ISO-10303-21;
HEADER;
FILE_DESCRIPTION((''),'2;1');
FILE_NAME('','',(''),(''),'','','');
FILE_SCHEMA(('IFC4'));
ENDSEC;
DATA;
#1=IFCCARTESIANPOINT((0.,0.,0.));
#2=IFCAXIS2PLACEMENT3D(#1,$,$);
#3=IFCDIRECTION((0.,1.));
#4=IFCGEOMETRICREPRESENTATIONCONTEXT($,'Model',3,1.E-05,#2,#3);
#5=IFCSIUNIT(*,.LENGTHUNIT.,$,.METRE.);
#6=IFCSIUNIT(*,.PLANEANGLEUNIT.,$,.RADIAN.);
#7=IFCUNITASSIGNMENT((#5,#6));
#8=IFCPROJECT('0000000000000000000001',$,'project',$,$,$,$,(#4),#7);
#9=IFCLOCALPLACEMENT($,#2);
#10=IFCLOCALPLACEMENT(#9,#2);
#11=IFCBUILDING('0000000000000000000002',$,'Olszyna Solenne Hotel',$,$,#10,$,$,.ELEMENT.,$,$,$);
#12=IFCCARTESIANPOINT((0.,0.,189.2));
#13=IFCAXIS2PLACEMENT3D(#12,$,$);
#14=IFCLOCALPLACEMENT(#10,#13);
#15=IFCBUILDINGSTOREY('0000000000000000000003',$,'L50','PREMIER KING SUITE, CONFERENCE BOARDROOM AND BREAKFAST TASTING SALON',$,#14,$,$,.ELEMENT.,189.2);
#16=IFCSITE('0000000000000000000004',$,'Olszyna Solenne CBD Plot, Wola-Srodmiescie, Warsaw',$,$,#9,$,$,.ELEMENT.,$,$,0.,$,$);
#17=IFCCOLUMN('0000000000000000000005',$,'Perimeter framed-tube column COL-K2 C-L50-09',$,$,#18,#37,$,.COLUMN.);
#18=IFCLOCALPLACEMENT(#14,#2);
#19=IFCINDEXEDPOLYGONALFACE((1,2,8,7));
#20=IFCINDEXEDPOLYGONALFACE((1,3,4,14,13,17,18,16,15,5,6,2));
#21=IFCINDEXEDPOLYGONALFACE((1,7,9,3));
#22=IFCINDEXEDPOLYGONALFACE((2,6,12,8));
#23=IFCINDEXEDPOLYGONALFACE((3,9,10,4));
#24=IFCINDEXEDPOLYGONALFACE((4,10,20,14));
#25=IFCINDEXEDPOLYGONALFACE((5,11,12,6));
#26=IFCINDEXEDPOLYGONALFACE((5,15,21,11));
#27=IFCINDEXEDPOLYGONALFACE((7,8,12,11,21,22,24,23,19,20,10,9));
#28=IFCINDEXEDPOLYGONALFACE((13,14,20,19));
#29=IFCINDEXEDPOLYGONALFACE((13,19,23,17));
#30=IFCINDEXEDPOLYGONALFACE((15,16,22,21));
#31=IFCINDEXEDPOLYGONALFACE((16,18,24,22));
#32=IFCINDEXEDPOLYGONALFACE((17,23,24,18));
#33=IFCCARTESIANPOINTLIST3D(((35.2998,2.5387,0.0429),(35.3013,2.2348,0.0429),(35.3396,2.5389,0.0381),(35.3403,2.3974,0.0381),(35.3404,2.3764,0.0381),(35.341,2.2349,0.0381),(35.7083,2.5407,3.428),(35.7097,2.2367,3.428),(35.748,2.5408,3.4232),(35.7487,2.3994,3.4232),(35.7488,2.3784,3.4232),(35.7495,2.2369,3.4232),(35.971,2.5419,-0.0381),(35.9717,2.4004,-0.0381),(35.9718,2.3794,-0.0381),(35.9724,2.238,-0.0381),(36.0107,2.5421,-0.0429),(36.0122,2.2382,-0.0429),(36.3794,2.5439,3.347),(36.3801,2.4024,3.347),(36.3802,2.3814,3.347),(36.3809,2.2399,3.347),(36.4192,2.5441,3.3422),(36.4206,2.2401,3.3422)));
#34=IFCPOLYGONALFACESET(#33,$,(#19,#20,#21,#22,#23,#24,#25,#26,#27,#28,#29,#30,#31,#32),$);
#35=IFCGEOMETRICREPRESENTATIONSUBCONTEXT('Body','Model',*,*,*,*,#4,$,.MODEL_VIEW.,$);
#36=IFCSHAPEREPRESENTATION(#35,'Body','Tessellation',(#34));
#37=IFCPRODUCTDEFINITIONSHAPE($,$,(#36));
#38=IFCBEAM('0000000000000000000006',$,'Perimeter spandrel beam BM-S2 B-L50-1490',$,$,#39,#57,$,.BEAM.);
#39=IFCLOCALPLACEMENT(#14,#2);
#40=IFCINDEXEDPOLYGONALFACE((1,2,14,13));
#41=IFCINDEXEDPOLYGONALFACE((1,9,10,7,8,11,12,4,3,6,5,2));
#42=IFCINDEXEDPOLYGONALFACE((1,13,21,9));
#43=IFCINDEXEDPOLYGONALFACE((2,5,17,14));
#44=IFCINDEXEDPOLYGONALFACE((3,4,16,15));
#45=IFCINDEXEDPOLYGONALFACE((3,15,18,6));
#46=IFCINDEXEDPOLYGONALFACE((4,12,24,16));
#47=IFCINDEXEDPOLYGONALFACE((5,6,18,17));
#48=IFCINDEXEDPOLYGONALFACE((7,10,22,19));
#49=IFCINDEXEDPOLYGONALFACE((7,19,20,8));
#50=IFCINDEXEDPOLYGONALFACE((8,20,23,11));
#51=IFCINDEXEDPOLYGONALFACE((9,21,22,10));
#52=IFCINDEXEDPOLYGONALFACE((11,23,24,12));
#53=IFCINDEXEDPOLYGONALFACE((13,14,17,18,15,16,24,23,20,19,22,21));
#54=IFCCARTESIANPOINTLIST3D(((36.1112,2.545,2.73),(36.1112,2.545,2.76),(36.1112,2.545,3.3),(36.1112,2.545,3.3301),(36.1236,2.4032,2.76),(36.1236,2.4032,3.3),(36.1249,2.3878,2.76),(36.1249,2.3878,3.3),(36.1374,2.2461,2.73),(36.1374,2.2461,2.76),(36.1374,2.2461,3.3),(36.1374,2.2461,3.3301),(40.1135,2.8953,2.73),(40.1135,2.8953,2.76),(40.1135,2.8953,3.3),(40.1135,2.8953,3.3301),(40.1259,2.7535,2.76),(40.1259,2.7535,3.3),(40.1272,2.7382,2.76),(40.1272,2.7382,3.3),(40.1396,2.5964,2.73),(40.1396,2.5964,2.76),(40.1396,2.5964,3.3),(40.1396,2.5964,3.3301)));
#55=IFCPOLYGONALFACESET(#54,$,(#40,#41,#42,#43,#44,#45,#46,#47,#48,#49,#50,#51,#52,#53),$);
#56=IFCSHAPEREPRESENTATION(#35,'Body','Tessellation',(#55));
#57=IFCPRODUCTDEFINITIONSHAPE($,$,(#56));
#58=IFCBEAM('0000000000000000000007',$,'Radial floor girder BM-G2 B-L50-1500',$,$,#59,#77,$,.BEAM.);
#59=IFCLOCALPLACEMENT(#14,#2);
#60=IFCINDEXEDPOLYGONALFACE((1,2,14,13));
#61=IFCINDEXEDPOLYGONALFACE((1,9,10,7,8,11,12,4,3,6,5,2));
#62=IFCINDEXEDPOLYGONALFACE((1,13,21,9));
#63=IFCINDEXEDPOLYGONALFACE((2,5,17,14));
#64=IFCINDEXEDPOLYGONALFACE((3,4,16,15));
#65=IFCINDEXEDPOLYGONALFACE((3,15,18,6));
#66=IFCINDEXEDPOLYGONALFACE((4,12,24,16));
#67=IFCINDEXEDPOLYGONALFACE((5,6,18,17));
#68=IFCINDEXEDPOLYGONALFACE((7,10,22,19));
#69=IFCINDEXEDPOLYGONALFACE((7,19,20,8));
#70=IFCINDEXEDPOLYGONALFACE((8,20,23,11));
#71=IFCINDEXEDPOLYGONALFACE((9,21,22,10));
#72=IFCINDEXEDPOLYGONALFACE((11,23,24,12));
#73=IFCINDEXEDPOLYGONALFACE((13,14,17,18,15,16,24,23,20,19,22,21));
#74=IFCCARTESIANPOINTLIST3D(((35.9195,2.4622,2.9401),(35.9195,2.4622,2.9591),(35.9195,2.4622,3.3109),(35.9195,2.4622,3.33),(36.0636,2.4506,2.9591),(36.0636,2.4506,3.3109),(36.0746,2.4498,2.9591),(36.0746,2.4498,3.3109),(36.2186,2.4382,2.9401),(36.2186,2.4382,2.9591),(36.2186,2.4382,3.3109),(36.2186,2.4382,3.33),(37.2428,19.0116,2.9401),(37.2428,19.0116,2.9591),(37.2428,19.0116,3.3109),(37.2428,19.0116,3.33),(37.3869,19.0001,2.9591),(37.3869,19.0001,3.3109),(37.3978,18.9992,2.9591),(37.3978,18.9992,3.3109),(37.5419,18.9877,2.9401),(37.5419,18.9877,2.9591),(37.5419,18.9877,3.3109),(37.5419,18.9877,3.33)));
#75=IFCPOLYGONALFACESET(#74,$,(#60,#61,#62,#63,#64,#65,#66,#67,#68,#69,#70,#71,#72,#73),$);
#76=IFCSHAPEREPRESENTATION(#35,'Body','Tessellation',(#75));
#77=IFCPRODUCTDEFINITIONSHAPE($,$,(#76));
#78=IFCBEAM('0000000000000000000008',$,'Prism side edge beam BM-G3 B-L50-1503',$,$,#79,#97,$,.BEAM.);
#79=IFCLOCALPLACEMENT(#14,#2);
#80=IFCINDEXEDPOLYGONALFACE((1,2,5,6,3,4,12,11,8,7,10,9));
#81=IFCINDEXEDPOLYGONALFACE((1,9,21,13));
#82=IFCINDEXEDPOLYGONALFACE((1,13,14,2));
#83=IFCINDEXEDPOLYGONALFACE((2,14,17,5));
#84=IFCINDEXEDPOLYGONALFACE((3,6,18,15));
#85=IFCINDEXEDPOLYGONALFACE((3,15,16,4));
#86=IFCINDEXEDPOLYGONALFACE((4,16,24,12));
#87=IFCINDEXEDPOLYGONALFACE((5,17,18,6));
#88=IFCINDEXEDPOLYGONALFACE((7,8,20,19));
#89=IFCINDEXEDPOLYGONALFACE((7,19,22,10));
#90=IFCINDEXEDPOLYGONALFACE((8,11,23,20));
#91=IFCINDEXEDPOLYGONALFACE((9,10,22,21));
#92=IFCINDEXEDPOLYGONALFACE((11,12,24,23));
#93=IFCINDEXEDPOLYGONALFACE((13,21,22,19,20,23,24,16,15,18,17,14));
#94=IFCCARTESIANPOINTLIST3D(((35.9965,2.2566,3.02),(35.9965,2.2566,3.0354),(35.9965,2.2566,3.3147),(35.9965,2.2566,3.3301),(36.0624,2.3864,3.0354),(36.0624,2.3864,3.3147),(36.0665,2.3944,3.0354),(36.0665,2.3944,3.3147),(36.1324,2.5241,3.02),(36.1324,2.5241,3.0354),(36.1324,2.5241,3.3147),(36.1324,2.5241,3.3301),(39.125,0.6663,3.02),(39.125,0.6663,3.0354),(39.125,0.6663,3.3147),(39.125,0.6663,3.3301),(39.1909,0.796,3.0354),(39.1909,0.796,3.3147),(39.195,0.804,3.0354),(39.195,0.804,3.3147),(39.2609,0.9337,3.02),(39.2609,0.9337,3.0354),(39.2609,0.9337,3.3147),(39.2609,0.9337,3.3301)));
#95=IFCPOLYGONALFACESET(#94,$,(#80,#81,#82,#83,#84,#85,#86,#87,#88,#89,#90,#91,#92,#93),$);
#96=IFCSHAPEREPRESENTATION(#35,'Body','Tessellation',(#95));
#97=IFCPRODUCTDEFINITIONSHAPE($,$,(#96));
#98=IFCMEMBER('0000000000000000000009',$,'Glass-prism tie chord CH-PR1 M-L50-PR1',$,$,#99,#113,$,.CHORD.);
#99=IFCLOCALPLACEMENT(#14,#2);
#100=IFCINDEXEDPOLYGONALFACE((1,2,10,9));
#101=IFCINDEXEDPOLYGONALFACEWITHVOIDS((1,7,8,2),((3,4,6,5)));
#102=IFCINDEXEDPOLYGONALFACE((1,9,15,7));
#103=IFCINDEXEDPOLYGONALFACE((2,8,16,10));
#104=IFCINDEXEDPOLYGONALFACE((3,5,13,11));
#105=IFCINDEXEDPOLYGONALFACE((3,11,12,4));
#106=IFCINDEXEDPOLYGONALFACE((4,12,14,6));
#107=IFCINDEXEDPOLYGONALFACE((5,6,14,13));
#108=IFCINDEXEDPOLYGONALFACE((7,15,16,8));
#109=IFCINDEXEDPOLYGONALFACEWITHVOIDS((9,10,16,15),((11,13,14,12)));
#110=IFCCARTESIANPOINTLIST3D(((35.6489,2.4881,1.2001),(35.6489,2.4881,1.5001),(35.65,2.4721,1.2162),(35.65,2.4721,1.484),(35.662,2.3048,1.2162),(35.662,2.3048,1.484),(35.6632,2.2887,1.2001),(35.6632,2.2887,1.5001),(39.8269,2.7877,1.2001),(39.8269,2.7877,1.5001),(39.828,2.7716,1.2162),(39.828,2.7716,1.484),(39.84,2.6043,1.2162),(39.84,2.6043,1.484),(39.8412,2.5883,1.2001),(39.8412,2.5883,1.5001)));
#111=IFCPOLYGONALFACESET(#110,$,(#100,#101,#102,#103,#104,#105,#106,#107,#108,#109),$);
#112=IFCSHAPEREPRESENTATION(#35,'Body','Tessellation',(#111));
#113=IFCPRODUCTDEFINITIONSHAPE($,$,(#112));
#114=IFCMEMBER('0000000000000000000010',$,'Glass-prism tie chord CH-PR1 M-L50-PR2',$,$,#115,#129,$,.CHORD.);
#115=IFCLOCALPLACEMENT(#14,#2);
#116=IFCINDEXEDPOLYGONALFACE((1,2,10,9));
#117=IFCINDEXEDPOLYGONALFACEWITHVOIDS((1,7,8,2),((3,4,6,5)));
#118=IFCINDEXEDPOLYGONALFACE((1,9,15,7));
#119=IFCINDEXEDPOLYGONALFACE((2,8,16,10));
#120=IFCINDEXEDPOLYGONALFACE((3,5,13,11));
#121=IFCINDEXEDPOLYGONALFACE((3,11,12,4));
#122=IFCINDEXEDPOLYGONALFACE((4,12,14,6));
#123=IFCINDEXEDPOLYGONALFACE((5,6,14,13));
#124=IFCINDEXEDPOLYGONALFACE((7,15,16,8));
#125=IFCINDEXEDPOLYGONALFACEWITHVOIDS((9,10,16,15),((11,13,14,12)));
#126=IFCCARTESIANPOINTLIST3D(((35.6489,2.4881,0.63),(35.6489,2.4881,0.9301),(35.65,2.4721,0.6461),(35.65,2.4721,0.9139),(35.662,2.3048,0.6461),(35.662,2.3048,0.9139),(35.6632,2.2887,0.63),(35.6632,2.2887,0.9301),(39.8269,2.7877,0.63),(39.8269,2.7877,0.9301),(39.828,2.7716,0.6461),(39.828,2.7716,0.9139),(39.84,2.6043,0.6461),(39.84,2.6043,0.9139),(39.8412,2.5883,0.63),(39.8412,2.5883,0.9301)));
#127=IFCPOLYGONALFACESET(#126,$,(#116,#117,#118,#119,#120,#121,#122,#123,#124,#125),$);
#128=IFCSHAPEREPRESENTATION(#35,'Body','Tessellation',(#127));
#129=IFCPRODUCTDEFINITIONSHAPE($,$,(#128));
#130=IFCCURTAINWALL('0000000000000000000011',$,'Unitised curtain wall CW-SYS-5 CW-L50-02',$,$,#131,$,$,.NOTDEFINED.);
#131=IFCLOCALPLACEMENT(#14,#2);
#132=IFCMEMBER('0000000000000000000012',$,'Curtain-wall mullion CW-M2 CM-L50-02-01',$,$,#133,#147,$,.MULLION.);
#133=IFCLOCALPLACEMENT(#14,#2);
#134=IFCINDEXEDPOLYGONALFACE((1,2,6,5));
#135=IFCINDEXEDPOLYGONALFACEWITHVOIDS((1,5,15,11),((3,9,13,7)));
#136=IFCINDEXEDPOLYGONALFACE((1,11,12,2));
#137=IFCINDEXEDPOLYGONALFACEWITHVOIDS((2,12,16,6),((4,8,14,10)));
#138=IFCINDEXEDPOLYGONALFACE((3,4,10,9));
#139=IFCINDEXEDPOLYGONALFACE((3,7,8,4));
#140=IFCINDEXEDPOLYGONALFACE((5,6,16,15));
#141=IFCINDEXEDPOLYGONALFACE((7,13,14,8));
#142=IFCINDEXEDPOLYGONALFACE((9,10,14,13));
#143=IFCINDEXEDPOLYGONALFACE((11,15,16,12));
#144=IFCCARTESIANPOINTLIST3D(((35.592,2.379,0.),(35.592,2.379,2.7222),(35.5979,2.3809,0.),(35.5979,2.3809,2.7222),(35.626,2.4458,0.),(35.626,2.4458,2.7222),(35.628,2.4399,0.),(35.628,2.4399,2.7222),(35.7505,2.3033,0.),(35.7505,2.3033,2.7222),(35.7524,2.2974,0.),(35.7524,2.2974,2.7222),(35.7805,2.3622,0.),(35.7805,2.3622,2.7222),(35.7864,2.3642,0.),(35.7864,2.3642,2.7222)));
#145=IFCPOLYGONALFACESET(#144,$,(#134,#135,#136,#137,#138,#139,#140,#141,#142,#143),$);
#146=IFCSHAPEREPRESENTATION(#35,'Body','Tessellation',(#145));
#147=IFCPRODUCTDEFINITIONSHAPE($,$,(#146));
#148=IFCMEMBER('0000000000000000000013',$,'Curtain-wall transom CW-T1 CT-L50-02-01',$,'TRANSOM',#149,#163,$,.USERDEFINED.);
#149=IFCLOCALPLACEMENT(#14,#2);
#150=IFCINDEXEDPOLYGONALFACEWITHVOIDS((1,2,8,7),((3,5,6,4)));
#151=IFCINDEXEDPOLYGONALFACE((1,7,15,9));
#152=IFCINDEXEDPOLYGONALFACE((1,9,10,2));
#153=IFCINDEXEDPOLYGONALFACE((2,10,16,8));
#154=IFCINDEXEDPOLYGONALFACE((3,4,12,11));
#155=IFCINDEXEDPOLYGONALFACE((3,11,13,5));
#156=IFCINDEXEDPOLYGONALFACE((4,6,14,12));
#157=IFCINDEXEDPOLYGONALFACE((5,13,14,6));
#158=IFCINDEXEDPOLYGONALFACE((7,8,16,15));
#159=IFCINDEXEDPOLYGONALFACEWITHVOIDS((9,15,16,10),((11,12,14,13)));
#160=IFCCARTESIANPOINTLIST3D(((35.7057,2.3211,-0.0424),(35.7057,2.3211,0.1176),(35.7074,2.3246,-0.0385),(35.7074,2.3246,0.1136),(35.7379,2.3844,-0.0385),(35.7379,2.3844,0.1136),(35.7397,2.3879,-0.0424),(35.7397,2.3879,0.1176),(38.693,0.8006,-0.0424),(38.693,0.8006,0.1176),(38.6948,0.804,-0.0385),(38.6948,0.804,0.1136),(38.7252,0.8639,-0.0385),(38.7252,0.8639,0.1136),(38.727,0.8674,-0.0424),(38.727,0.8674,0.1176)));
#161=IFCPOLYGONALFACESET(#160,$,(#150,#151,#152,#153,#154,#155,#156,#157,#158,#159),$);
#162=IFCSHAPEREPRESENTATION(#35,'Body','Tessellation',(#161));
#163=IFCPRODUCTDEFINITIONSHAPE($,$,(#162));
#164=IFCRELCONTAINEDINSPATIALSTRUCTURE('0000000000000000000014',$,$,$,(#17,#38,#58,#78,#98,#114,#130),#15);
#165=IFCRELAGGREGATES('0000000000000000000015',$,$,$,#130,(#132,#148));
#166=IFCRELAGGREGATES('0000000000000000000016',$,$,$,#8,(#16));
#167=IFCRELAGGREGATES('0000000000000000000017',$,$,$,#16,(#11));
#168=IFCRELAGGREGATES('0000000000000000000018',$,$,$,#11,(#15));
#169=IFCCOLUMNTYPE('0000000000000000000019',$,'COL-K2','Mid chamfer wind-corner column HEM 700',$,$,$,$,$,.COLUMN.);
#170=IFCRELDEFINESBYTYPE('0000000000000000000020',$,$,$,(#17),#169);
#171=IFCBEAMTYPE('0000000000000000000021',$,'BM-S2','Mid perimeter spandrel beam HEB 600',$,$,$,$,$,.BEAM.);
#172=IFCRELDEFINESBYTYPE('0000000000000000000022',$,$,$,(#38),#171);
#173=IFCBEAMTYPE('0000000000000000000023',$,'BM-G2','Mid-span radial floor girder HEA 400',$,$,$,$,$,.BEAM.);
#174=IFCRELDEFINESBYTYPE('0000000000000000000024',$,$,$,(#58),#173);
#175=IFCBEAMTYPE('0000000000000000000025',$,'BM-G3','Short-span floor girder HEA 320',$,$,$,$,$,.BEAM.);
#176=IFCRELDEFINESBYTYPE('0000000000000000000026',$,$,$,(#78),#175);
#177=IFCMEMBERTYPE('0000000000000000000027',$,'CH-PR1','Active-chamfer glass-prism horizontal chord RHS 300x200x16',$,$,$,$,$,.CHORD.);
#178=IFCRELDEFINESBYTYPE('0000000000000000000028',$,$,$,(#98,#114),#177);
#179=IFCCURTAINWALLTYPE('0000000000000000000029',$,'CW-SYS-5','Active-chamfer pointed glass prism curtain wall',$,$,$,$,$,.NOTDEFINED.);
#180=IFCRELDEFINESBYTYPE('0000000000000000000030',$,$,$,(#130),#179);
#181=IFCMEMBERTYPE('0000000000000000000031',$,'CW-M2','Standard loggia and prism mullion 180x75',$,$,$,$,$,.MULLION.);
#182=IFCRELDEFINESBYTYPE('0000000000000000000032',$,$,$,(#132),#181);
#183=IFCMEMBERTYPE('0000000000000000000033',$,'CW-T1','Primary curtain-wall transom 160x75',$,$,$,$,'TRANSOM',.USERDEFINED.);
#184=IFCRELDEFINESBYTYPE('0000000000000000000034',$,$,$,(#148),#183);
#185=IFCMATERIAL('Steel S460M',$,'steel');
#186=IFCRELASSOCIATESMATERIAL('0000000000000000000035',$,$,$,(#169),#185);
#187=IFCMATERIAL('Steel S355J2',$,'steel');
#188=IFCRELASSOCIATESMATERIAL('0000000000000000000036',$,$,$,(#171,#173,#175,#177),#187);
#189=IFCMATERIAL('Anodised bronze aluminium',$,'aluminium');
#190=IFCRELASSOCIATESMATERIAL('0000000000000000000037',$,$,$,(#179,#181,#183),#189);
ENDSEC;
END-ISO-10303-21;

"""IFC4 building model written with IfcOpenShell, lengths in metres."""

from ifc_helpers import new_model, si_unit, direction, frame, origin, origin_2d, place, context, subcontext, project, spatial, hollow_rectangle, i_section, extrude, source, transform, mapped, material, material_profile, profile_set, type_object, element, aggregate, save


model = new_model("IFC4")

# Units and contexts
model_context = context("Model", 3, precision=1e-05, world=origin(), true_north=direction((0.0, 1.0)))
body_context = subcontext(model_context, "Body", "Model", "MODEL_VIEW")
ifc_project = project(units=[si_unit("LENGTHUNIT", "METRE"), si_unit("PLANEANGLEUNIT", "RADIAN")], contexts=[model_context])

# Site, building, storey
site_placement = place(None, origin())
site = spatial("IfcSite", under=ifc_project, at=site_placement, Name="Olszyna Solenne CBD Plot, Wola-Srodmiescie, Warsaw", CompositionType="ELEMENT", RefElevation=0.0)
building_placement = place(site_placement, origin())
building = spatial("IfcBuilding", under=site, at=building_placement, Name="Olszyna Solenne Hotel", CompositionType="ELEMENT")
storey_placement = place(building_placement, frame((0.0, 0.0, 189.2)))
storey = spatial("IfcBuildingStorey", under=building, at=storey_placement, Name="L50", Description="PREMIER KING SUITE, CONFERENCE BOARDROOM AND BREAKFAST TASTING SALON", CompositionType="ELEMENT", Elevation=189.2)

# Column
ifc_material_1 = material(Name="Steel S460M", Category="steel")
ifc_material_profile_1 = material_profile(ifc_material_1, i_section(OverallWidth=0.304, OverallDepth=0.7161, WebThickness=0.021, FlangeThickness=0.04, at=origin_2d()), Name="HEM 700", Category="load-bearing")
ifc_profile_set_1 = profile_set([ifc_material_profile_1], Name="Steel S460M")
column_type = type_object("IfcColumnType", Name="COL-K2", Description="Mid chamfer wind-corner column HEM 700", PredefinedType="COLUMN", material=ifc_profile_set_1)
shared_shape_1 = source(origin(), body_context, "Body", "SweptSolid", [
    extrude(i_section(OverallWidth=0.304, OverallDepth=0.7161, WebThickness=0.021, FlangeThickness=0.04, at=origin_2d()), origin(), (0.0, 0.0, 1.0), 3.4097),
])
column_placement = place(storey_placement, frame((35.656, 2.3884, 0.0), z_axis=(0.119795, 0.000573, 0.992799), x_axis=(-0.004782, 0.999989, 0.0)))
element("IfcColumn", 1, at=column_placement, inside=storey, type_object=column_type, Name="Perimeter framed-tube column COL-K2 C-L50-09", PredefinedType="COLUMN", context=body_context, shape_type="MappedRepresentation", body=[
    mapped(shared_shape_1, transform((0.0, 0.0, 0.0), x_axis=(1.0, 0.0, 0.0), y_axis=(0.0, 1.0, 0.0), z_axis=(0.0, 0.0, 1.0), scale=1.0)),
])

# Beams
ifc_material_2 = material(Name="Steel S355J2", Category="steel")
ifc_material_profile_2 = material_profile(ifc_material_2, i_section(OverallWidth=0.3, OverallDepth=0.6001, WebThickness=0.0154, FlangeThickness=0.03, at=origin_2d()), Name="HEB 600", Category="load-bearing")
ifc_profile_set_2 = profile_set([ifc_material_profile_2], Name="Steel S355J2")
beam_type_1 = type_object("IfcBeamType", Name="BM-S2", Description="Mid perimeter spandrel beam HEB 600", PredefinedType="BEAM", material=ifc_profile_set_2)
shared_shape_2 = source(origin(), body_context, "Body", "SweptSolid", [
    extrude(i_section(OverallWidth=0.3, OverallDepth=0.6001, WebThickness=0.0154, FlangeThickness=0.03, at=origin_2d()), origin(), (0.0, 0.0, 1.0), 4.0176),
])
beam_1_placement = place(storey_placement, frame((36.1243, 2.3955, 3.03), z_axis=(0.99619, 0.087204, 0.0), x_axis=(-0.087204, 0.99619, 0.0)))
element("IfcBeam", 2, at=beam_1_placement, inside=storey, type_object=beam_type_1, Name="Perimeter spandrel beam BM-S2 B-L50-1490", PredefinedType="BEAM", context=body_context, shape_type="MappedRepresentation", body=[
    mapped(shared_shape_2, transform((0.0, 0.0, 0.0), x_axis=(1.0, 0.0, 0.0), y_axis=(0.0, 1.0, 0.0), z_axis=(0.0, 0.0, 1.0), scale=1.0)),
])
ifc_material_profile_3 = material_profile(ifc_material_2, i_section(OverallWidth=0.3, OverallDepth=0.3899, WebThickness=0.011, FlangeThickness=0.019, at=origin_2d()), Name="HEA 400", Category="load-bearing")
ifc_profile_set_3 = profile_set([ifc_material_profile_3], Name="Steel S355J2")
beam_type_2 = type_object("IfcBeamType", Name="BM-G2", Description="Mid-span radial floor girder HEA 400", PredefinedType="BEAM", material=ifc_profile_set_3)
shared_shape_3 = source(origin(), body_context, "Body", "SweptSolid", [
    extrude(i_section(OverallWidth=0.3, OverallDepth=0.3899, WebThickness=0.011, FlangeThickness=0.019, at=origin_2d()), origin(), (0.0, 0.0, 1.0), 16.6023),
])
beam_2_placement = place(storey_placement, frame((36.0691, 2.4502, 3.135), z_axis=(0.079702, 0.996819, 0.0), x_axis=(-0.996819, 0.079702, 0.0)))
element("IfcBeam", 3, at=beam_2_placement, inside=storey, type_object=beam_type_2, Name="Radial floor girder BM-G2 B-L50-1500", PredefinedType="BEAM", context=body_context, shape_type="MappedRepresentation", body=[
    mapped(shared_shape_3, transform((0.0, 0.0, 0.0), x_axis=(1.0, 0.0, 0.0), y_axis=(0.0, 1.0, 0.0), z_axis=(0.0, 0.0, 1.0), scale=1.0)),
])
ifc_material_profile_4 = material_profile(ifc_material_2, i_section(OverallWidth=0.3, OverallDepth=0.3101, WebThickness=0.009, FlangeThickness=0.0154, at=origin_2d()), Name="HEA 320", Category="load-bearing")
ifc_profile_set_4 = profile_set([ifc_material_profile_4], Name="Steel S355J2")
beam_type_3 = type_object("IfcBeamType", Name="BM-G3", Description="Short-span floor girder HEA 320", PredefinedType="BEAM", material=ifc_profile_set_4)
shared_shape_4 = source(origin(), body_context, "Body", "SweptSolid", [
    extrude(i_section(OverallWidth=0.3, OverallDepth=0.3101, WebThickness=0.009, FlangeThickness=0.0154, at=origin_2d()), origin(), (0.0, 0.0, 1.0), 3.5095),
])
beam_3_placement = place(storey_placement, frame((36.0645, 2.3904, 3.175), z_axis=(0.89143, -0.453159, 0.0), x_axis=(0.453159, 0.89143, 0.0)))
element("IfcBeam", 4, at=beam_3_placement, inside=storey, type_object=beam_type_3, Name="Prism side edge beam BM-G3 B-L50-1503", PredefinedType="BEAM", context=body_context, shape_type="MappedRepresentation", body=[
    mapped(shared_shape_4, transform((0.0, 0.0, 0.0), x_axis=(1.0, 0.0, 0.0), y_axis=(0.0, 1.0, 0.0), z_axis=(0.0, 0.0, 1.0), scale=1.0)),
])

# Members
ifc_material_profile_5 = material_profile(ifc_material_2, hollow_rectangle(XDim=0.2, YDim=0.3, WallThickness=0.0161, at=origin_2d()), Name="RHS 300x200x16", Category="load-bearing")
ifc_profile_set_5 = profile_set([ifc_material_profile_5], Name="Steel S355J2")
member_type_1 = type_object("IfcMemberType", Name="CH-PR1", Description="Active-chamfer glass-prism horizontal chord RHS 300x200x16", PredefinedType="CHORD", material=ifc_profile_set_5)
shared_shape_5 = source(origin(), body_context, "Body", "SweptSolid", [
    extrude(hollow_rectangle(XDim=0.2, YDim=0.3, WallThickness=0.0161, at=origin_2d()), origin(), (0.0, 0.0, 1.0), 4.1887),
])
for number, where, z_axis, x_axis, name in (
    (5, (35.656, 2.3884, 1.3501), (0.997439, 0.071516, 0.0), (-0.071516, 0.997439, 0.0), "Glass-prism tie chord CH-PR1 M-L50-PR1"),
    (6, (35.656, 2.3884, 0.78), (0.997439, 0.071516, 0.0), (-0.071516, 0.997439, 0.0), "Glass-prism tie chord CH-PR1 M-L50-PR2"),
):
    element("IfcMember", number, at=place(storey_placement, frame(where, z_axis=z_axis, x_axis=x_axis)), inside=storey, type_object=member_type_1, Name=name, PredefinedType="CHORD", context=body_context, shape_type="MappedRepresentation", body=[
        mapped(shared_shape_5, transform((0.0, 0.0, 0.0), x_axis=(1.0, 0.0, 0.0), y_axis=(0.0, 1.0, 0.0), z_axis=(0.0, 0.0, 1.0), scale=1.0)),
    ])

# Curtain wall, members
ifc_material_3 = material(Name="Anodised bronze aluminium", Category="aluminium")
curtain_wall_type = type_object("IfcCurtainWallType", Name="CW-SYS-5", Description="Active-chamfer pointed glass prism curtain wall", PredefinedType="NOTDEFINED", material=ifc_material_3)
curtain_wall_placement = place(storey_placement, origin())
curtain_wall = element("IfcCurtainWall", 7, at=curtain_wall_placement, inside=storey, type_object=curtain_wall_type, Name="Unitised curtain wall CW-SYS-5 CW-L50-02", PredefinedType="NOTDEFINED")
ifc_material_profile_6 = material_profile(ifc_material_3, hollow_rectangle(XDim=0.075, YDim=0.1799, WallThickness=0.0044, at=origin_2d()), Name="MULL 180x75x4.5", Category="load-bearing")
ifc_profile_set_6 = profile_set([ifc_material_profile_6], Name="Anodised bronze aluminium")
member_type_2 = type_object("IfcMemberType", Name="CW-M2", Description="Standard loggia and prism mullion 180x75", PredefinedType="MULLION", material=ifc_profile_set_6)
shared_shape_6 = source(origin(), body_context, "Body", "SweptSolid", [
    extrude(hollow_rectangle(XDim=0.075, YDim=0.1799, WallThickness=0.0044, at=origin_2d()), origin(), (0.0, 0.0, 1.0), 2.7222),
])
member_1_placement = place(storey_placement, frame((35.6892, 2.3716, 0.0), z_axis=(0.0, 0.0, 1.0), x_axis=(0.45361, 0.8912, 0.0)))
member_1 = element("IfcMember", 8, at=member_1_placement, type_object=member_type_2, Name="Curtain-wall mullion CW-M2 CM-L50-02-01", PredefinedType="MULLION", context=body_context, shape_type="MappedRepresentation", body=[
    mapped(shared_shape_6, transform((0.0, 0.0, 0.0), x_axis=(1.0, 0.0, 0.0), y_axis=(0.0, 1.0, 0.0), z_axis=(0.0, 0.0, 1.0), scale=1.0)),
])
ifc_material_profile_7 = material_profile(ifc_material_3, hollow_rectangle(XDim=0.075, YDim=0.1599, WallThickness=0.0039, at=origin_2d()), Name="TRAN 160x75x4", Category="load-bearing")
ifc_profile_set_7 = profile_set([ifc_material_profile_7], Name="Anodised bronze aluminium")
member_type_3 = type_object("IfcMemberType", Name="CW-T1", Description="Primary curtain-wall transom 160x75", ElementType="TRANSOM", PredefinedType="USERDEFINED", material=ifc_profile_set_7)
shared_shape_7 = source(origin(), body_context, "Body", "SweptSolid", [
    extrude(hollow_rectangle(XDim=0.075, YDim=0.1599, WallThickness=0.0039, at=origin_2d()), origin(), (0.0, 0.0, 1.0), 3.3521),
])
member_2_placement = place(storey_placement, frame((35.7227, 2.3545, 0.0376), z_axis=(0.8912, -0.453612, 0.0), x_axis=(0.453612, 0.8912, 0.0)))
member_2 = element("IfcMember", 9, at=member_2_placement, type_object=member_type_3, Name="Curtain-wall transom CW-T1 CT-L50-02-01", ObjectType="TRANSOM", PredefinedType="USERDEFINED", context=body_context, shape_type="MappedRepresentation", body=[
    mapped(shared_shape_7, transform((0.0, 0.0, 0.0), x_axis=(1.0, 0.0, 0.0), y_axis=(0.0, 1.0, 0.0), z_axis=(0.0, 0.0, 1.0), scale=1.0)),
])
aggregate(curtain_wall, [member_1, member_2])

save(model, "model.ifc")
